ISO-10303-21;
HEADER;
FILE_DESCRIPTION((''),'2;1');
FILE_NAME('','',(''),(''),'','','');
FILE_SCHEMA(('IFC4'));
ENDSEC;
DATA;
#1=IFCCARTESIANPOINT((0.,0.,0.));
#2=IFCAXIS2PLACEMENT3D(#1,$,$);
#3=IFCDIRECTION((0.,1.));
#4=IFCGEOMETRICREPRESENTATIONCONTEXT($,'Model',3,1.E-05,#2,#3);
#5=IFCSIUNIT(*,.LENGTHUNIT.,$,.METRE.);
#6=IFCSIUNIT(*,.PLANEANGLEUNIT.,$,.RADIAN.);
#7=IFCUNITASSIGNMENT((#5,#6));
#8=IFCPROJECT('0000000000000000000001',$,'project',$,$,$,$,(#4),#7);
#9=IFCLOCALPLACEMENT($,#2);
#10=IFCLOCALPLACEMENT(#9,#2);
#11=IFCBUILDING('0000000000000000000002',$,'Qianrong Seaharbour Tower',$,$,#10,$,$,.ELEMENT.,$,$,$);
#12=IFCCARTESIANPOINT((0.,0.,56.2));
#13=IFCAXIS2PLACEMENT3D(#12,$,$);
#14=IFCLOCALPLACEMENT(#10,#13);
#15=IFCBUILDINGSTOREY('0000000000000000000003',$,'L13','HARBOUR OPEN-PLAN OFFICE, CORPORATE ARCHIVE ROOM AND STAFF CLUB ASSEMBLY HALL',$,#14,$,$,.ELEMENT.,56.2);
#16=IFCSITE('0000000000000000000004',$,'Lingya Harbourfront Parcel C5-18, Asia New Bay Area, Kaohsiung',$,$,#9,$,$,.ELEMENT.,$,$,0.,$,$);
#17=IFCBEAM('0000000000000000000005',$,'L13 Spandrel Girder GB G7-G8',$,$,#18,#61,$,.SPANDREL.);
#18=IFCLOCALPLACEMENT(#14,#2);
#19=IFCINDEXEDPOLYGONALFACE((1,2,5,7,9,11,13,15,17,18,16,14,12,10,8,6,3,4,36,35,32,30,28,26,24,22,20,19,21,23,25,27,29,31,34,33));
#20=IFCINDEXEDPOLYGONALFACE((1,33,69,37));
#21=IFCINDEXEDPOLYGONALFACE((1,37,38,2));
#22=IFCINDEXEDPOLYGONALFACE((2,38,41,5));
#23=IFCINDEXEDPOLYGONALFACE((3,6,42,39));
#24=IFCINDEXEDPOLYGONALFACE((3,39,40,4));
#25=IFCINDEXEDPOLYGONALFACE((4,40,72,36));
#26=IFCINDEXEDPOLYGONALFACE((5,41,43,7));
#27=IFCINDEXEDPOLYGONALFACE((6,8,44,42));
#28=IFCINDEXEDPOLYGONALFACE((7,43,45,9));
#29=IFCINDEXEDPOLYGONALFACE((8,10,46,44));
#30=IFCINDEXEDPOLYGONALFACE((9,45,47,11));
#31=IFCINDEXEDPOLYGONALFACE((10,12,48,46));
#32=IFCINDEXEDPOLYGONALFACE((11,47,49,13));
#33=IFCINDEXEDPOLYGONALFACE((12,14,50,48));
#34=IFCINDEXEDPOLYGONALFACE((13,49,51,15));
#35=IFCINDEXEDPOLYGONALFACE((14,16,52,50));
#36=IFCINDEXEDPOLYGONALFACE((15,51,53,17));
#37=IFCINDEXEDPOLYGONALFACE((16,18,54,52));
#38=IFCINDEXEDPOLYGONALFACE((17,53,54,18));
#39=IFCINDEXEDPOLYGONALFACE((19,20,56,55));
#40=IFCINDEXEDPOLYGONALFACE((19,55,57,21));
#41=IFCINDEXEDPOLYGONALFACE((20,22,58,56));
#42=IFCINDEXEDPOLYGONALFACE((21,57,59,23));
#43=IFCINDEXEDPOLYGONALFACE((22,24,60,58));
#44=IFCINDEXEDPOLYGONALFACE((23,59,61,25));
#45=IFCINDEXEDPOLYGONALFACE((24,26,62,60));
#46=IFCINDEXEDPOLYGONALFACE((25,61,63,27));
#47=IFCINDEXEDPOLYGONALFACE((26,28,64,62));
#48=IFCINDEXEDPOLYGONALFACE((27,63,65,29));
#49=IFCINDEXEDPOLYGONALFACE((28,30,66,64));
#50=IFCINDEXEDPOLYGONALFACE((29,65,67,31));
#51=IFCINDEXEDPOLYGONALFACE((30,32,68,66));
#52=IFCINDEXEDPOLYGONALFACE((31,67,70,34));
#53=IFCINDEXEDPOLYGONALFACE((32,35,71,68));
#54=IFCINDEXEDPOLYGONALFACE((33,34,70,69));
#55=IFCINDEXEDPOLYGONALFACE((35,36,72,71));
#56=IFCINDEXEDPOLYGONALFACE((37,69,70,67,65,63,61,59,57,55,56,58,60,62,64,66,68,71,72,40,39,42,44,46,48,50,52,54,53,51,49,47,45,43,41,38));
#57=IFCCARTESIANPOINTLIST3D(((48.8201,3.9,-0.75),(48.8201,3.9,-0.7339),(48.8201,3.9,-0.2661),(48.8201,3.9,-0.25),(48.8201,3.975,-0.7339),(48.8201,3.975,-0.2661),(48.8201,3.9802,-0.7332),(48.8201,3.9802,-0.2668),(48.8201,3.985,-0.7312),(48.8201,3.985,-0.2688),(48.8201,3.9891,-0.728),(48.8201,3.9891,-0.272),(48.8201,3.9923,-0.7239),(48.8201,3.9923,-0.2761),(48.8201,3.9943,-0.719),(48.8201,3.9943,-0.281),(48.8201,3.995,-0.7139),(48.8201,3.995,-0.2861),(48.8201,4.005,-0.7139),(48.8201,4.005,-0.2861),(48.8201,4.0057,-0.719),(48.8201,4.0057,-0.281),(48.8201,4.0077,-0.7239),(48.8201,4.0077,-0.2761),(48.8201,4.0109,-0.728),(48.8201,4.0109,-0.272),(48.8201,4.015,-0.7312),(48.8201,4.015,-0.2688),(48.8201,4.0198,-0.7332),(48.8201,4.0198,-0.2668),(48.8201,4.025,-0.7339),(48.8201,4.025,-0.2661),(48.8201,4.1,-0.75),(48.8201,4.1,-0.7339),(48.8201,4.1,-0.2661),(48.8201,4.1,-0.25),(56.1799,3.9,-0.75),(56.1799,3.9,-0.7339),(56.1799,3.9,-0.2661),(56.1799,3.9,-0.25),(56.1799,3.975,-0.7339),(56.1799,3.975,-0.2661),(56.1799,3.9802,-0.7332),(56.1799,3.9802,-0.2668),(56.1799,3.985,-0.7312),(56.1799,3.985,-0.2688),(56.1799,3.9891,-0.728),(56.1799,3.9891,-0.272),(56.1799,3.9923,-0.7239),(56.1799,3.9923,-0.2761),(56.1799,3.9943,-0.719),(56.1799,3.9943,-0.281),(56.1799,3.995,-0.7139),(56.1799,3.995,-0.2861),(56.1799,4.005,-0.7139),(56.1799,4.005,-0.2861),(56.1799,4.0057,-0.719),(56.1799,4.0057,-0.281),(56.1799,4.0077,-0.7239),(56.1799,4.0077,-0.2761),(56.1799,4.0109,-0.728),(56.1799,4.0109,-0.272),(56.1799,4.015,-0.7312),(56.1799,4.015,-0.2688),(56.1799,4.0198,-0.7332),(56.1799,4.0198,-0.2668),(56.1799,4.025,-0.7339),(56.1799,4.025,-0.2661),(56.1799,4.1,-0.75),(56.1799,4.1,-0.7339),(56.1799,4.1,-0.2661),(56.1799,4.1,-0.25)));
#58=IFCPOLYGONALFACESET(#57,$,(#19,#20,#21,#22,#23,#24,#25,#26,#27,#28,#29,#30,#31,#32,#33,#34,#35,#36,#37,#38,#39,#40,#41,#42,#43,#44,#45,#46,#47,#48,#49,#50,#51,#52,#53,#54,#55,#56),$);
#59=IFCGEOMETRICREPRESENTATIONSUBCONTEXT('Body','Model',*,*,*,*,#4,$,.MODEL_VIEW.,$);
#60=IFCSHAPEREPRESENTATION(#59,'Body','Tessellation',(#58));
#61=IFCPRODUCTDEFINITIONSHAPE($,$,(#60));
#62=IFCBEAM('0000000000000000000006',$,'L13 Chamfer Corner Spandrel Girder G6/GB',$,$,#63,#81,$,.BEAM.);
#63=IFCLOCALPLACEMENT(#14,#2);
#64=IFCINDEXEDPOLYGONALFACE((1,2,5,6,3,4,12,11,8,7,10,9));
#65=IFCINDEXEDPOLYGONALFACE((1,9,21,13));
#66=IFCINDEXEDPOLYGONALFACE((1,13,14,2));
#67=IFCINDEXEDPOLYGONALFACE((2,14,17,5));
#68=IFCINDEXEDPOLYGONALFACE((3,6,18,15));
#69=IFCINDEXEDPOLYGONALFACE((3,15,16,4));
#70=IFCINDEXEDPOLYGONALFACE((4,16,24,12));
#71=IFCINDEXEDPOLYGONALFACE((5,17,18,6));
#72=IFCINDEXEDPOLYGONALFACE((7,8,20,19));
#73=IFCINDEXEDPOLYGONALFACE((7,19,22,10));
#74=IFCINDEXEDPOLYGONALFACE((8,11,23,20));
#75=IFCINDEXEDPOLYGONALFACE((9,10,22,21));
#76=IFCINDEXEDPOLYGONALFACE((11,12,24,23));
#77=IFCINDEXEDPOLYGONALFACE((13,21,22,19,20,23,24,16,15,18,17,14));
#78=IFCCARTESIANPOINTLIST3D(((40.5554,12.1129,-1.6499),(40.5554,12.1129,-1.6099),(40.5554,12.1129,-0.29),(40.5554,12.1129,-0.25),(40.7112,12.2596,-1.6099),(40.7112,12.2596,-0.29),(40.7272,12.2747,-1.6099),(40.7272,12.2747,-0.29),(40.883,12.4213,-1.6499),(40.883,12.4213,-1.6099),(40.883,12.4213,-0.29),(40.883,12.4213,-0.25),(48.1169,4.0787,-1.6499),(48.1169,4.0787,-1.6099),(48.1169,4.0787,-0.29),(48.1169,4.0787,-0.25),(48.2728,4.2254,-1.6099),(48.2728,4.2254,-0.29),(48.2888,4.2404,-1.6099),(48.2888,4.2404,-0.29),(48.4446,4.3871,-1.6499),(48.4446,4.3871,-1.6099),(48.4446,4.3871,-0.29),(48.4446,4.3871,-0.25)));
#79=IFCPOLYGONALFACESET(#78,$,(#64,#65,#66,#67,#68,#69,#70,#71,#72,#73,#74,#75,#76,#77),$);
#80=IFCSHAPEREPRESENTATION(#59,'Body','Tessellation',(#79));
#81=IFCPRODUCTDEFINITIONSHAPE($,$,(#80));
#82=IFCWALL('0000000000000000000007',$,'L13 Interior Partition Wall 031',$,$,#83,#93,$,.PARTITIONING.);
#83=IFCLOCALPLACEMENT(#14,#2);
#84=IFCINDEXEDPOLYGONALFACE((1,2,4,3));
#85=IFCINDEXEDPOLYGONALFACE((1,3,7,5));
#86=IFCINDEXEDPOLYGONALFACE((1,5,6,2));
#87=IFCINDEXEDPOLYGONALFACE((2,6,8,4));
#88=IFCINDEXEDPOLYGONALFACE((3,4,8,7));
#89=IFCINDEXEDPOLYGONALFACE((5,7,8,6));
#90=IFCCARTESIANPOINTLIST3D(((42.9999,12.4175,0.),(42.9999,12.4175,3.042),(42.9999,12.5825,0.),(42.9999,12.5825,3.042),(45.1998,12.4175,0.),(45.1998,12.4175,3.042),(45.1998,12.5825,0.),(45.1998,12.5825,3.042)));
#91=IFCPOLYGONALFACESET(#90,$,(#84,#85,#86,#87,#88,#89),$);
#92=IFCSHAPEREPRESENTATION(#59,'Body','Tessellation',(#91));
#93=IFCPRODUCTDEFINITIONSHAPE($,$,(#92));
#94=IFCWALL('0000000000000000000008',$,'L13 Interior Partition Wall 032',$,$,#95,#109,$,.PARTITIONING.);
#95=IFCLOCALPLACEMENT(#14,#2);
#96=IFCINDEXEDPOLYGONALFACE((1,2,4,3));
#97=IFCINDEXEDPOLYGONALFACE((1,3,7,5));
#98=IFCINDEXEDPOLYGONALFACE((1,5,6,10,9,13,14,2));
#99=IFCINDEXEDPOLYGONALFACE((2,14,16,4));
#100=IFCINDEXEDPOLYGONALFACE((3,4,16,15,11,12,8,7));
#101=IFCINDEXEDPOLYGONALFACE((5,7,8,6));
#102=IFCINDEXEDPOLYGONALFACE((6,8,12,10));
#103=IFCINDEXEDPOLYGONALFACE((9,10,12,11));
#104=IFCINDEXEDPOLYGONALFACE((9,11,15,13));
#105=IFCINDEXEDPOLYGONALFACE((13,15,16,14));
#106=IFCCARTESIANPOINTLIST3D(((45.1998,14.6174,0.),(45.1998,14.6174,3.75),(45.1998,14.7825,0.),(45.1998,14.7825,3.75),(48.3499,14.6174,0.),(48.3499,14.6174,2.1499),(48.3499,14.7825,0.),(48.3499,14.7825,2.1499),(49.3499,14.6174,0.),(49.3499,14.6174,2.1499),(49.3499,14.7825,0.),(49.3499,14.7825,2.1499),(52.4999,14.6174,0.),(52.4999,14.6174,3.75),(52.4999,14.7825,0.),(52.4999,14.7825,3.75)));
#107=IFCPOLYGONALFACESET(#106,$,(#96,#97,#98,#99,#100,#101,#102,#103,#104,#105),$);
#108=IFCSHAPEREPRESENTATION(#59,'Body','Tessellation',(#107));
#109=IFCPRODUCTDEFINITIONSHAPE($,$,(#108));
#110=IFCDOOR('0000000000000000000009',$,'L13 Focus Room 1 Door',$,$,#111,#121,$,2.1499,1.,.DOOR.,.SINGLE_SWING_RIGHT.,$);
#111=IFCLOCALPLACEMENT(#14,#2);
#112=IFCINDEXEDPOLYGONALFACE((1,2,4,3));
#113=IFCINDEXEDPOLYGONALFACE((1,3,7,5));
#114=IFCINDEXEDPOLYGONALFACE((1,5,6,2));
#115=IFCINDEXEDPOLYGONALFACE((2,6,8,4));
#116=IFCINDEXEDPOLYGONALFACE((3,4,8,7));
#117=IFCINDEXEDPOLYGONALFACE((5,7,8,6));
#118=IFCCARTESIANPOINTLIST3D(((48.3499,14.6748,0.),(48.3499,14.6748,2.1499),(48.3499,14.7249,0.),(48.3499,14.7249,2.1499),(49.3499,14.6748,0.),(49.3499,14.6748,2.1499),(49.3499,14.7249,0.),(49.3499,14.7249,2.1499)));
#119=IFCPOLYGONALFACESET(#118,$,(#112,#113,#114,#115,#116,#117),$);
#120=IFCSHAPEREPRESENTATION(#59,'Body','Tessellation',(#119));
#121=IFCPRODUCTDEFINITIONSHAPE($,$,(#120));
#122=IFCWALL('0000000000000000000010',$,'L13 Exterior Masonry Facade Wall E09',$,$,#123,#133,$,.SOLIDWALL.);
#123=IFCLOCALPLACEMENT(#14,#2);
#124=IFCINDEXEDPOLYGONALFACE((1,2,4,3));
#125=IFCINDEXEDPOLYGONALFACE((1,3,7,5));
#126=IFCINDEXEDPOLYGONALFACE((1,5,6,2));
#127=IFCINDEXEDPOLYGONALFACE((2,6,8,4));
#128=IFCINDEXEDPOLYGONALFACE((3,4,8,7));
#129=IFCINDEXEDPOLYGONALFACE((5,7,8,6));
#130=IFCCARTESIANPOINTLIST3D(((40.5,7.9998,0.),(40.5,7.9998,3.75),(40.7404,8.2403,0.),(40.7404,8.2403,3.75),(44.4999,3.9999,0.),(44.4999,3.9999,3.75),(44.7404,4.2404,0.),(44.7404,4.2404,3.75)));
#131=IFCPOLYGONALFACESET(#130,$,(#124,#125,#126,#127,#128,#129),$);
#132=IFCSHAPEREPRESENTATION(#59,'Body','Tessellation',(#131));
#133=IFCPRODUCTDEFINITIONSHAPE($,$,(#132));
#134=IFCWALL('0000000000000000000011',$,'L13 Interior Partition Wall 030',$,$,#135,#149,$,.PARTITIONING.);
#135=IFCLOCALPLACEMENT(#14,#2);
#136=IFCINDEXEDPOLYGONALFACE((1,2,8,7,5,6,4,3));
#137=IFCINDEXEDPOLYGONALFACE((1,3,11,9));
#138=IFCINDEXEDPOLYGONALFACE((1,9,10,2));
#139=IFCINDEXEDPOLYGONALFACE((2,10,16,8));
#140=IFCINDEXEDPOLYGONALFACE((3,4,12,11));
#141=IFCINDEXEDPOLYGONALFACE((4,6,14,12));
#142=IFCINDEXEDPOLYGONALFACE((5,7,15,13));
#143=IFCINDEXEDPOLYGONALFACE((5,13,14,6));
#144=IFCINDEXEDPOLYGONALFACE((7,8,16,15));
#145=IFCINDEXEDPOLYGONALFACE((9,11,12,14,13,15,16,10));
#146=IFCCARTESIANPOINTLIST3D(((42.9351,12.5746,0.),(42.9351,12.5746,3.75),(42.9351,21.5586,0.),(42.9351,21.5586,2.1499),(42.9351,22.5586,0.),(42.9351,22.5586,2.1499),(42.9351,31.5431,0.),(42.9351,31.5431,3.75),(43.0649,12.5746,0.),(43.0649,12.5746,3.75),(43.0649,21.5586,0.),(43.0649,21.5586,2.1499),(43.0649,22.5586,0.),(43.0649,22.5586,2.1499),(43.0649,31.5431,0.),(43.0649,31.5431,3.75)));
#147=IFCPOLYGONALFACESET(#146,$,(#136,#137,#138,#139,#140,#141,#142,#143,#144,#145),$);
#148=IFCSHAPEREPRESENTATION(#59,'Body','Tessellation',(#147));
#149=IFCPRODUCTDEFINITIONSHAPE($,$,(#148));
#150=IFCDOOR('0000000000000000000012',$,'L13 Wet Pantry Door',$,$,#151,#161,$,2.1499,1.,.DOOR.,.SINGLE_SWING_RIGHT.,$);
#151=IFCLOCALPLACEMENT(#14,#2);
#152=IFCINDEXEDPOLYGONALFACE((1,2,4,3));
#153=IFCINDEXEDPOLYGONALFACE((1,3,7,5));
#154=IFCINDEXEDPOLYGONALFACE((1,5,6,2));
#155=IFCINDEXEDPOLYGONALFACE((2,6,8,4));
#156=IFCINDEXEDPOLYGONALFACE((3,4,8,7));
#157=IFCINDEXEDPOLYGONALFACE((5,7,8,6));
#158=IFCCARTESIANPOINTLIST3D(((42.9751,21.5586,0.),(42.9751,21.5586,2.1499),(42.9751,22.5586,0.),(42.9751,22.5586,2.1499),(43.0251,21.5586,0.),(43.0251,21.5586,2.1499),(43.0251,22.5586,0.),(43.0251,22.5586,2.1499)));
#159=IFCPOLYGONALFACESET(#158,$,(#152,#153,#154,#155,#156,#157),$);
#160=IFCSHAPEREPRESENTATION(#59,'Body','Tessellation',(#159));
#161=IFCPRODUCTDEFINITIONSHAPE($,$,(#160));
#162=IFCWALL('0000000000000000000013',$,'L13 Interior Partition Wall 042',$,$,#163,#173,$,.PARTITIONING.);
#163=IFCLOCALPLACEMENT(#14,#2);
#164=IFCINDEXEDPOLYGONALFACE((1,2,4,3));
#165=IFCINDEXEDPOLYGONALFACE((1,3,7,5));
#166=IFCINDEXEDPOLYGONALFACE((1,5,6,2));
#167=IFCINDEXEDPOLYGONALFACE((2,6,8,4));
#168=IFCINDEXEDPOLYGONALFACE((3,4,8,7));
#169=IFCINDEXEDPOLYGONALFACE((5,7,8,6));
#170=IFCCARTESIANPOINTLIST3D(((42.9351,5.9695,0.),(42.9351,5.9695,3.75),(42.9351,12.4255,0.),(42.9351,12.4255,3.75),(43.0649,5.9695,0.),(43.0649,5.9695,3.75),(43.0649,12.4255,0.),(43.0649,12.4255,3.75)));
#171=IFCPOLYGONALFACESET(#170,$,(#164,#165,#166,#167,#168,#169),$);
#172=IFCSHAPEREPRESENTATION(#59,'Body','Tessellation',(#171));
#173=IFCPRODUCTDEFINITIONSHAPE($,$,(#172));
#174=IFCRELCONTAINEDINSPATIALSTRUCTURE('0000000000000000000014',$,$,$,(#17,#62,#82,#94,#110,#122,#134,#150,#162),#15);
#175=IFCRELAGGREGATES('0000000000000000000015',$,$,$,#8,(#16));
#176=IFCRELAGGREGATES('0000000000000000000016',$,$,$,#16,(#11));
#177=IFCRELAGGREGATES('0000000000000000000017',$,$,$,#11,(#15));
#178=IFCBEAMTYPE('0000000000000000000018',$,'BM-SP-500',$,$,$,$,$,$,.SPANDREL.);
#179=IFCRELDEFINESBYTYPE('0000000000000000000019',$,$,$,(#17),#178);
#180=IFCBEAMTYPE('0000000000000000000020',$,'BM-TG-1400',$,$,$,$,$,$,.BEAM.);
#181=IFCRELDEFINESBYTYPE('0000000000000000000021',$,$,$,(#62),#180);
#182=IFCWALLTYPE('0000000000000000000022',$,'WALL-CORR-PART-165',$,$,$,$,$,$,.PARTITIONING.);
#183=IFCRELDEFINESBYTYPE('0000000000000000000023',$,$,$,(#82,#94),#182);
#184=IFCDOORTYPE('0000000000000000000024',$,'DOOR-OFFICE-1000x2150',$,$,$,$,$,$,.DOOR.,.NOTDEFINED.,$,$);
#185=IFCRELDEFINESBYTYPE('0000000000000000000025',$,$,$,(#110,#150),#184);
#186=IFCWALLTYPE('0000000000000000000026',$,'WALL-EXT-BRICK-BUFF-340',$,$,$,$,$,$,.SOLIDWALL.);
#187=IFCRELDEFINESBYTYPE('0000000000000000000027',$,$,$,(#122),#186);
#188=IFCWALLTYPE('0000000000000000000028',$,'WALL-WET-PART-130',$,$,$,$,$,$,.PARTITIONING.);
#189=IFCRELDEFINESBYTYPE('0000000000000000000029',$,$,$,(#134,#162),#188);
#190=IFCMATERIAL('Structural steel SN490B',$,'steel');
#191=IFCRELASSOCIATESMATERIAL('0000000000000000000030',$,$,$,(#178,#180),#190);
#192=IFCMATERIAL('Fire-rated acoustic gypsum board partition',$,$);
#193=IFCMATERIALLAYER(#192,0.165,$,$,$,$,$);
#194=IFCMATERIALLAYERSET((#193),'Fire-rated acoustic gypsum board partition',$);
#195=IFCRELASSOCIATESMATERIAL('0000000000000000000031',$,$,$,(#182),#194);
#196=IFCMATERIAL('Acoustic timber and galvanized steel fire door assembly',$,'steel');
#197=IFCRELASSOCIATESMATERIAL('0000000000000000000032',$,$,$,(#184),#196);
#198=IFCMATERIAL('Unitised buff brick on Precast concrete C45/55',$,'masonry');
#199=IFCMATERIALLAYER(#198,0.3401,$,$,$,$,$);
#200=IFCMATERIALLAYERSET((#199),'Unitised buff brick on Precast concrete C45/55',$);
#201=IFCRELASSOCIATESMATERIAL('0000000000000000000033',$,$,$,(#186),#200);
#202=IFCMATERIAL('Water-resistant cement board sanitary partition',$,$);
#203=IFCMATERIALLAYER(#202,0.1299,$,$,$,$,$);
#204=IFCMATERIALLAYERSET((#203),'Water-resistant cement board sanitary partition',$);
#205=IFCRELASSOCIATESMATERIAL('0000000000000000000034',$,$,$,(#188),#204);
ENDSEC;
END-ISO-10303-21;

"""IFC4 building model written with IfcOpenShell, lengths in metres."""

from ifc_helpers import new_model, si_unit, direction, frame, frame_2d, origin, origin_2d, place, context, subcontext, project, spatial, rectangle, i_section, extrude, material, layer, layer_set, material_profile, profile_set, type_object, element, fill, save


model = new_model("IFC4")

# Units and contexts
model_context = context("Model", 3, precision=1e-05, world=origin(), true_north=direction((0.0, 1.0)))
body_context = subcontext(model_context, "Body", "Model", "MODEL_VIEW")
ifc_project = project(units=[si_unit("LENGTHUNIT", "METRE"), si_unit("PLANEANGLEUNIT", "RADIAN")], contexts=[model_context])

# Site, building, storey
site_placement = place(None, origin())
site = spatial("IfcSite", under=ifc_project, at=site_placement, Name="Lingya Harbourfront Parcel C5-18, Asia New Bay Area, Kaohsiung", CompositionType="ELEMENT", RefElevation=0.0)
building_placement = place(site_placement, origin())
building = spatial("IfcBuilding", under=site, at=building_placement, Name="Qianrong Seaharbour Tower", CompositionType="ELEMENT")
storey_placement = place(building_placement, frame((0.0, 0.0, 56.2)))
storey = spatial("IfcBuildingStorey", under=building, at=storey_placement, Name="L13", Description="HARBOUR OPEN-PLAN OFFICE, CORPORATE ARCHIVE ROOM AND STAFF CLUB ASSEMBLY HALL", CompositionType="ELEMENT", Elevation=56.2)

# Shared definitions
ifc_material_1 = material(Name="Structural steel SN490B", Category="steel")

# Beams
ifc_material_profile_1 = material_profile(ifc_material_1, i_section(OverallWidth=0.2, OverallDepth=0.5, WebThickness=0.01, FlangeThickness=0.0161, FilletRadius=0.02, at=origin_2d()), Name="H500x200x10x16")
ifc_profile_set_1 = profile_set([ifc_material_profile_1], Name="Structural steel SN490B")
beam_type_1 = type_object("IfcBeamType", Name="BM-SP-500", PredefinedType="SPANDREL", material=ifc_profile_set_1)
beam_1_placement = place(storey_placement, frame((48.8201, 4.0, -0.5), z_axis=(1.0, 0.0, 0.0), x_axis=(0.0, 1.0, 0.0)))
element("IfcBeam", 1, at=beam_1_placement, inside=storey, type_object=beam_type_1, Name="L13 Spandrel Girder GB G7-G8", PredefinedType="SPANDREL", context=body_context, shape_type="SweptSolid", body=[
    extrude(i_section(OverallWidth=0.2, OverallDepth=0.5, WebThickness=0.01, FlangeThickness=0.0161, FilletRadius=0.02, at=origin_2d()), origin(), (0.0, 0.0, 1.0), 7.3599),
])
ifc_material_profile_2 = material_profile(ifc_material_1, i_section(OverallWidth=0.45, OverallDepth=1.3999, WebThickness=0.022, FlangeThickness=0.04, at=origin_2d()), Name="BH1400x450x22x40")
ifc_profile_set_2 = profile_set([ifc_material_profile_2], Name="Structural steel SN490B")
beam_type_2 = type_object("IfcBeamType", Name="BM-TG-1400", PredefinedType="BEAM", material=ifc_profile_set_2)
beam_2_placement = place(storey_placement, frame((48.2808, 4.2329, -0.95), z_axis=(-0.685362, 0.728203, 0.0), x_axis=(-0.728203, -0.685362, 0.0)))
element("IfcBeam", 2, at=beam_2_placement, inside=storey, type_object=beam_type_2, Name="L13 Chamfer Corner Spandrel Girder G6/GB", PredefinedType="BEAM", context=body_context, shape_type="SweptSolid", body=[
    extrude(i_section(OverallWidth=0.45, OverallDepth=1.3999, WebThickness=0.022, FlangeThickness=0.04, at=origin_2d()), origin(), (0.0, 0.0, 1.0), 11.033),
])

# Wall
ifc_material_2 = material(Name="Fire-rated acoustic gypsum board partition")
ifc_layer_1 = layer(ifc_material_2, 0.165)
ifc_layer_set_1 = layer_set([ifc_layer_1], Name="Fire-rated acoustic gypsum board partition")
wall_type_1 = type_object("IfcWallType", Name="WALL-CORR-PART-165", PredefinedType="PARTITIONING", material=ifc_layer_set_1)
wall_1_placement = place(storey_placement, frame((45.2, 12.5, 0.0), z_axis=(0.0, 0.0, 1.0), x_axis=(-1.0, 0.0, 0.0)))
element("IfcWall", 3, at=wall_1_placement, inside=storey, type_object=wall_type_1, Name="L13 Interior Partition Wall 031", PredefinedType="PARTITIONING", context=body_context, shape_type="SweptSolid", body=[
    extrude(rectangle(XDim=2.2, YDim=0.165, at=frame_2d((1.1001, 0.0))), origin(), (0.0, 0.0, 1.0), 3.042),
])

# Wall, opening, door
wall_2_placement = place(storey_placement, frame((45.2, 14.7, 0.0), z_axis=(0.0, 0.0, 1.0), x_axis=(1.0, 0.0, 0.0)))
wall_2 = element("IfcWall", 4, at=wall_2_placement, inside=storey, type_object=wall_type_1, Name="L13 Interior Partition Wall 032", PredefinedType="PARTITIONING", context=body_context, shape_type="SweptSolid", body=[
    extrude(rectangle(XDim=7.3, YDim=0.165, at=frame_2d((3.6499, 0.0))), origin(), (0.0, 0.0, 1.0), 3.75),
])
opening_1_placement = place(wall_2_placement, frame((3.1499, 0.0, 0.0)))
opening_1 = element("IfcOpeningElement", 5, at=opening_1_placement, cuts=wall_2, PredefinedType="OPENING", context=body_context, shape_type="SweptSolid", body=[
    extrude(rectangle(XDim=1.0, YDim=2.1499, at=frame_2d((0.5, 1.075))), frame((0.0, 0.0925, 0.0), z_axis=(0.0, -1.0, 0.0), x_axis=(1.0, 0.0, 0.0)), (0.0, 0.0, 1.0), 0.1851),
])
ifc_material_3 = material(Name="Acoustic timber and galvanized steel fire door assembly", Category="steel")
door_type = type_object("IfcDoorType", Name="DOOR-OFFICE-1000x2150", OperationType="NOTDEFINED", PredefinedType="DOOR", material=ifc_material_3)
door_1_placement = place(opening_1_placement, origin())
door_1 = element("IfcDoor", 6, at=door_1_placement, inside=storey, type_object=door_type, Name="L13 Focus Room 1 Door", OperationType="SINGLE_SWING_RIGHT", OverallHeight=2.1499, OverallWidth=1.0, PredefinedType="DOOR", context=body_context, shape_type="SweptSolid", body=[
    extrude(rectangle(XDim=1.0, YDim=2.1499, at=frame_2d((0.5, 1.075))), frame((0.0, 0.0249, 0.0), z_axis=(0.0, -1.0, 0.0), x_axis=(1.0, 0.0, 0.0)), (0.0, 0.0, 1.0), 0.05),
])
fill(opening_1, door_1)

# Wall
ifc_material_4 = material(Name="Unitised buff brick on Precast concrete C45/55", Category="masonry")
ifc_layer_2 = layer(ifc_material_4, 0.3401)
ifc_layer_set_2 = layer_set([ifc_layer_2], Name="Unitised buff brick on Precast concrete C45/55")
wall_type_2 = type_object("IfcWallType", Name="WALL-EXT-BRICK-BUFF-340", PredefinedType="SOLIDWALL", material=ifc_layer_set_2)
wall_3_placement = place(storey_placement, frame((44.6201, 4.1201, 0.0), z_axis=(0.0, 0.0, 1.0), x_axis=(-0.707107, 0.707107, 0.0)))
element("IfcWall", 7, at=wall_3_placement, inside=storey, type_object=wall_type_2, Name="L13 Exterior Masonry Facade Wall E09", PredefinedType="SOLIDWALL", context=body_context, shape_type="SweptSolid", body=[
    extrude(rectangle(XDim=5.6567, YDim=0.3401, at=frame_2d((2.8284, 0.0))), origin(), (0.0, 0.0, 1.0), 3.75),
])

# Wall, opening, door
ifc_material_5 = material(Name="Water-resistant cement board sanitary partition")
ifc_layer_3 = layer(ifc_material_5, 0.1299)
ifc_layer_set_3 = layer_set([ifc_layer_3], Name="Water-resistant cement board sanitary partition")
wall_type_3 = type_object("IfcWallType", Name="WALL-WET-PART-130", PredefinedType="PARTITIONING", material=ifc_layer_set_3)
wall_4_placement = place(storey_placement, frame((43.0, 12.5745, 0.0), z_axis=(0.0, 0.0, 1.0), x_axis=(0.0, 1.0, 0.0)))
wall_4 = element("IfcWall", 8, at=wall_4_placement, inside=storey, type_object=wall_type_3, Name="L13 Interior Partition Wall 030", PredefinedType="PARTITIONING", context=body_context, shape_type="SweptSolid", body=[
    extrude(rectangle(XDim=18.9685, YDim=0.1299, at=frame_2d((9.4844, 0.0))), origin(), (0.0, 0.0, 1.0), 3.75),
])
opening_2_placement = place(wall_4_placement, frame((8.9841, 0.0, 0.0)))
opening_2 = element("IfcOpeningElement", 9, at=opening_2_placement, cuts=wall_4, PredefinedType="OPENING", context=body_context, shape_type="SweptSolid", body=[
    extrude(rectangle(XDim=1.0, YDim=2.1499, at=frame_2d((0.5, 1.075))), frame((0.0, 0.075, 0.0), z_axis=(0.0, -1.0, 0.0), x_axis=(1.0, 0.0, 0.0)), (0.0, 0.0, 1.0), 0.1499),
])
door_2_placement = place(opening_2_placement, origin())
door_2 = element("IfcDoor", 10, at=door_2_placement, inside=storey, type_object=door_type, Name="L13 Wet Pantry Door", OperationType="SINGLE_SWING_RIGHT", OverallHeight=2.1499, OverallWidth=1.0, PredefinedType="DOOR", context=body_context, shape_type="SweptSolid", body=[
    extrude(rectangle(XDim=1.0, YDim=2.1499, at=frame_2d((0.5, 1.075))), frame((0.0, 0.0249, 0.0), z_axis=(0.0, -1.0, 0.0), x_axis=(1.0, 0.0, 0.0)), (0.0, 0.0, 1.0), 0.05),
])
fill(opening_2, door_2)

# Wall
wall_5_placement = place(storey_placement, frame((43.0, 12.4255, 0.0), z_axis=(0.0, 0.0, 1.0), x_axis=(0.0, -1.0, 0.0)))
element("IfcWall", 11, at=wall_5_placement, inside=storey, type_object=wall_type_3, Name="L13 Interior Partition Wall 042", PredefinedType="PARTITIONING", context=body_context, shape_type="SweptSolid", body=[
    extrude(rectangle(XDim=6.4561, YDim=0.1299, at=frame_2d((3.228, 0.0))), origin(), (0.0, 0.0, 1.0), 3.75),
])

save(model, "model.ifc")
